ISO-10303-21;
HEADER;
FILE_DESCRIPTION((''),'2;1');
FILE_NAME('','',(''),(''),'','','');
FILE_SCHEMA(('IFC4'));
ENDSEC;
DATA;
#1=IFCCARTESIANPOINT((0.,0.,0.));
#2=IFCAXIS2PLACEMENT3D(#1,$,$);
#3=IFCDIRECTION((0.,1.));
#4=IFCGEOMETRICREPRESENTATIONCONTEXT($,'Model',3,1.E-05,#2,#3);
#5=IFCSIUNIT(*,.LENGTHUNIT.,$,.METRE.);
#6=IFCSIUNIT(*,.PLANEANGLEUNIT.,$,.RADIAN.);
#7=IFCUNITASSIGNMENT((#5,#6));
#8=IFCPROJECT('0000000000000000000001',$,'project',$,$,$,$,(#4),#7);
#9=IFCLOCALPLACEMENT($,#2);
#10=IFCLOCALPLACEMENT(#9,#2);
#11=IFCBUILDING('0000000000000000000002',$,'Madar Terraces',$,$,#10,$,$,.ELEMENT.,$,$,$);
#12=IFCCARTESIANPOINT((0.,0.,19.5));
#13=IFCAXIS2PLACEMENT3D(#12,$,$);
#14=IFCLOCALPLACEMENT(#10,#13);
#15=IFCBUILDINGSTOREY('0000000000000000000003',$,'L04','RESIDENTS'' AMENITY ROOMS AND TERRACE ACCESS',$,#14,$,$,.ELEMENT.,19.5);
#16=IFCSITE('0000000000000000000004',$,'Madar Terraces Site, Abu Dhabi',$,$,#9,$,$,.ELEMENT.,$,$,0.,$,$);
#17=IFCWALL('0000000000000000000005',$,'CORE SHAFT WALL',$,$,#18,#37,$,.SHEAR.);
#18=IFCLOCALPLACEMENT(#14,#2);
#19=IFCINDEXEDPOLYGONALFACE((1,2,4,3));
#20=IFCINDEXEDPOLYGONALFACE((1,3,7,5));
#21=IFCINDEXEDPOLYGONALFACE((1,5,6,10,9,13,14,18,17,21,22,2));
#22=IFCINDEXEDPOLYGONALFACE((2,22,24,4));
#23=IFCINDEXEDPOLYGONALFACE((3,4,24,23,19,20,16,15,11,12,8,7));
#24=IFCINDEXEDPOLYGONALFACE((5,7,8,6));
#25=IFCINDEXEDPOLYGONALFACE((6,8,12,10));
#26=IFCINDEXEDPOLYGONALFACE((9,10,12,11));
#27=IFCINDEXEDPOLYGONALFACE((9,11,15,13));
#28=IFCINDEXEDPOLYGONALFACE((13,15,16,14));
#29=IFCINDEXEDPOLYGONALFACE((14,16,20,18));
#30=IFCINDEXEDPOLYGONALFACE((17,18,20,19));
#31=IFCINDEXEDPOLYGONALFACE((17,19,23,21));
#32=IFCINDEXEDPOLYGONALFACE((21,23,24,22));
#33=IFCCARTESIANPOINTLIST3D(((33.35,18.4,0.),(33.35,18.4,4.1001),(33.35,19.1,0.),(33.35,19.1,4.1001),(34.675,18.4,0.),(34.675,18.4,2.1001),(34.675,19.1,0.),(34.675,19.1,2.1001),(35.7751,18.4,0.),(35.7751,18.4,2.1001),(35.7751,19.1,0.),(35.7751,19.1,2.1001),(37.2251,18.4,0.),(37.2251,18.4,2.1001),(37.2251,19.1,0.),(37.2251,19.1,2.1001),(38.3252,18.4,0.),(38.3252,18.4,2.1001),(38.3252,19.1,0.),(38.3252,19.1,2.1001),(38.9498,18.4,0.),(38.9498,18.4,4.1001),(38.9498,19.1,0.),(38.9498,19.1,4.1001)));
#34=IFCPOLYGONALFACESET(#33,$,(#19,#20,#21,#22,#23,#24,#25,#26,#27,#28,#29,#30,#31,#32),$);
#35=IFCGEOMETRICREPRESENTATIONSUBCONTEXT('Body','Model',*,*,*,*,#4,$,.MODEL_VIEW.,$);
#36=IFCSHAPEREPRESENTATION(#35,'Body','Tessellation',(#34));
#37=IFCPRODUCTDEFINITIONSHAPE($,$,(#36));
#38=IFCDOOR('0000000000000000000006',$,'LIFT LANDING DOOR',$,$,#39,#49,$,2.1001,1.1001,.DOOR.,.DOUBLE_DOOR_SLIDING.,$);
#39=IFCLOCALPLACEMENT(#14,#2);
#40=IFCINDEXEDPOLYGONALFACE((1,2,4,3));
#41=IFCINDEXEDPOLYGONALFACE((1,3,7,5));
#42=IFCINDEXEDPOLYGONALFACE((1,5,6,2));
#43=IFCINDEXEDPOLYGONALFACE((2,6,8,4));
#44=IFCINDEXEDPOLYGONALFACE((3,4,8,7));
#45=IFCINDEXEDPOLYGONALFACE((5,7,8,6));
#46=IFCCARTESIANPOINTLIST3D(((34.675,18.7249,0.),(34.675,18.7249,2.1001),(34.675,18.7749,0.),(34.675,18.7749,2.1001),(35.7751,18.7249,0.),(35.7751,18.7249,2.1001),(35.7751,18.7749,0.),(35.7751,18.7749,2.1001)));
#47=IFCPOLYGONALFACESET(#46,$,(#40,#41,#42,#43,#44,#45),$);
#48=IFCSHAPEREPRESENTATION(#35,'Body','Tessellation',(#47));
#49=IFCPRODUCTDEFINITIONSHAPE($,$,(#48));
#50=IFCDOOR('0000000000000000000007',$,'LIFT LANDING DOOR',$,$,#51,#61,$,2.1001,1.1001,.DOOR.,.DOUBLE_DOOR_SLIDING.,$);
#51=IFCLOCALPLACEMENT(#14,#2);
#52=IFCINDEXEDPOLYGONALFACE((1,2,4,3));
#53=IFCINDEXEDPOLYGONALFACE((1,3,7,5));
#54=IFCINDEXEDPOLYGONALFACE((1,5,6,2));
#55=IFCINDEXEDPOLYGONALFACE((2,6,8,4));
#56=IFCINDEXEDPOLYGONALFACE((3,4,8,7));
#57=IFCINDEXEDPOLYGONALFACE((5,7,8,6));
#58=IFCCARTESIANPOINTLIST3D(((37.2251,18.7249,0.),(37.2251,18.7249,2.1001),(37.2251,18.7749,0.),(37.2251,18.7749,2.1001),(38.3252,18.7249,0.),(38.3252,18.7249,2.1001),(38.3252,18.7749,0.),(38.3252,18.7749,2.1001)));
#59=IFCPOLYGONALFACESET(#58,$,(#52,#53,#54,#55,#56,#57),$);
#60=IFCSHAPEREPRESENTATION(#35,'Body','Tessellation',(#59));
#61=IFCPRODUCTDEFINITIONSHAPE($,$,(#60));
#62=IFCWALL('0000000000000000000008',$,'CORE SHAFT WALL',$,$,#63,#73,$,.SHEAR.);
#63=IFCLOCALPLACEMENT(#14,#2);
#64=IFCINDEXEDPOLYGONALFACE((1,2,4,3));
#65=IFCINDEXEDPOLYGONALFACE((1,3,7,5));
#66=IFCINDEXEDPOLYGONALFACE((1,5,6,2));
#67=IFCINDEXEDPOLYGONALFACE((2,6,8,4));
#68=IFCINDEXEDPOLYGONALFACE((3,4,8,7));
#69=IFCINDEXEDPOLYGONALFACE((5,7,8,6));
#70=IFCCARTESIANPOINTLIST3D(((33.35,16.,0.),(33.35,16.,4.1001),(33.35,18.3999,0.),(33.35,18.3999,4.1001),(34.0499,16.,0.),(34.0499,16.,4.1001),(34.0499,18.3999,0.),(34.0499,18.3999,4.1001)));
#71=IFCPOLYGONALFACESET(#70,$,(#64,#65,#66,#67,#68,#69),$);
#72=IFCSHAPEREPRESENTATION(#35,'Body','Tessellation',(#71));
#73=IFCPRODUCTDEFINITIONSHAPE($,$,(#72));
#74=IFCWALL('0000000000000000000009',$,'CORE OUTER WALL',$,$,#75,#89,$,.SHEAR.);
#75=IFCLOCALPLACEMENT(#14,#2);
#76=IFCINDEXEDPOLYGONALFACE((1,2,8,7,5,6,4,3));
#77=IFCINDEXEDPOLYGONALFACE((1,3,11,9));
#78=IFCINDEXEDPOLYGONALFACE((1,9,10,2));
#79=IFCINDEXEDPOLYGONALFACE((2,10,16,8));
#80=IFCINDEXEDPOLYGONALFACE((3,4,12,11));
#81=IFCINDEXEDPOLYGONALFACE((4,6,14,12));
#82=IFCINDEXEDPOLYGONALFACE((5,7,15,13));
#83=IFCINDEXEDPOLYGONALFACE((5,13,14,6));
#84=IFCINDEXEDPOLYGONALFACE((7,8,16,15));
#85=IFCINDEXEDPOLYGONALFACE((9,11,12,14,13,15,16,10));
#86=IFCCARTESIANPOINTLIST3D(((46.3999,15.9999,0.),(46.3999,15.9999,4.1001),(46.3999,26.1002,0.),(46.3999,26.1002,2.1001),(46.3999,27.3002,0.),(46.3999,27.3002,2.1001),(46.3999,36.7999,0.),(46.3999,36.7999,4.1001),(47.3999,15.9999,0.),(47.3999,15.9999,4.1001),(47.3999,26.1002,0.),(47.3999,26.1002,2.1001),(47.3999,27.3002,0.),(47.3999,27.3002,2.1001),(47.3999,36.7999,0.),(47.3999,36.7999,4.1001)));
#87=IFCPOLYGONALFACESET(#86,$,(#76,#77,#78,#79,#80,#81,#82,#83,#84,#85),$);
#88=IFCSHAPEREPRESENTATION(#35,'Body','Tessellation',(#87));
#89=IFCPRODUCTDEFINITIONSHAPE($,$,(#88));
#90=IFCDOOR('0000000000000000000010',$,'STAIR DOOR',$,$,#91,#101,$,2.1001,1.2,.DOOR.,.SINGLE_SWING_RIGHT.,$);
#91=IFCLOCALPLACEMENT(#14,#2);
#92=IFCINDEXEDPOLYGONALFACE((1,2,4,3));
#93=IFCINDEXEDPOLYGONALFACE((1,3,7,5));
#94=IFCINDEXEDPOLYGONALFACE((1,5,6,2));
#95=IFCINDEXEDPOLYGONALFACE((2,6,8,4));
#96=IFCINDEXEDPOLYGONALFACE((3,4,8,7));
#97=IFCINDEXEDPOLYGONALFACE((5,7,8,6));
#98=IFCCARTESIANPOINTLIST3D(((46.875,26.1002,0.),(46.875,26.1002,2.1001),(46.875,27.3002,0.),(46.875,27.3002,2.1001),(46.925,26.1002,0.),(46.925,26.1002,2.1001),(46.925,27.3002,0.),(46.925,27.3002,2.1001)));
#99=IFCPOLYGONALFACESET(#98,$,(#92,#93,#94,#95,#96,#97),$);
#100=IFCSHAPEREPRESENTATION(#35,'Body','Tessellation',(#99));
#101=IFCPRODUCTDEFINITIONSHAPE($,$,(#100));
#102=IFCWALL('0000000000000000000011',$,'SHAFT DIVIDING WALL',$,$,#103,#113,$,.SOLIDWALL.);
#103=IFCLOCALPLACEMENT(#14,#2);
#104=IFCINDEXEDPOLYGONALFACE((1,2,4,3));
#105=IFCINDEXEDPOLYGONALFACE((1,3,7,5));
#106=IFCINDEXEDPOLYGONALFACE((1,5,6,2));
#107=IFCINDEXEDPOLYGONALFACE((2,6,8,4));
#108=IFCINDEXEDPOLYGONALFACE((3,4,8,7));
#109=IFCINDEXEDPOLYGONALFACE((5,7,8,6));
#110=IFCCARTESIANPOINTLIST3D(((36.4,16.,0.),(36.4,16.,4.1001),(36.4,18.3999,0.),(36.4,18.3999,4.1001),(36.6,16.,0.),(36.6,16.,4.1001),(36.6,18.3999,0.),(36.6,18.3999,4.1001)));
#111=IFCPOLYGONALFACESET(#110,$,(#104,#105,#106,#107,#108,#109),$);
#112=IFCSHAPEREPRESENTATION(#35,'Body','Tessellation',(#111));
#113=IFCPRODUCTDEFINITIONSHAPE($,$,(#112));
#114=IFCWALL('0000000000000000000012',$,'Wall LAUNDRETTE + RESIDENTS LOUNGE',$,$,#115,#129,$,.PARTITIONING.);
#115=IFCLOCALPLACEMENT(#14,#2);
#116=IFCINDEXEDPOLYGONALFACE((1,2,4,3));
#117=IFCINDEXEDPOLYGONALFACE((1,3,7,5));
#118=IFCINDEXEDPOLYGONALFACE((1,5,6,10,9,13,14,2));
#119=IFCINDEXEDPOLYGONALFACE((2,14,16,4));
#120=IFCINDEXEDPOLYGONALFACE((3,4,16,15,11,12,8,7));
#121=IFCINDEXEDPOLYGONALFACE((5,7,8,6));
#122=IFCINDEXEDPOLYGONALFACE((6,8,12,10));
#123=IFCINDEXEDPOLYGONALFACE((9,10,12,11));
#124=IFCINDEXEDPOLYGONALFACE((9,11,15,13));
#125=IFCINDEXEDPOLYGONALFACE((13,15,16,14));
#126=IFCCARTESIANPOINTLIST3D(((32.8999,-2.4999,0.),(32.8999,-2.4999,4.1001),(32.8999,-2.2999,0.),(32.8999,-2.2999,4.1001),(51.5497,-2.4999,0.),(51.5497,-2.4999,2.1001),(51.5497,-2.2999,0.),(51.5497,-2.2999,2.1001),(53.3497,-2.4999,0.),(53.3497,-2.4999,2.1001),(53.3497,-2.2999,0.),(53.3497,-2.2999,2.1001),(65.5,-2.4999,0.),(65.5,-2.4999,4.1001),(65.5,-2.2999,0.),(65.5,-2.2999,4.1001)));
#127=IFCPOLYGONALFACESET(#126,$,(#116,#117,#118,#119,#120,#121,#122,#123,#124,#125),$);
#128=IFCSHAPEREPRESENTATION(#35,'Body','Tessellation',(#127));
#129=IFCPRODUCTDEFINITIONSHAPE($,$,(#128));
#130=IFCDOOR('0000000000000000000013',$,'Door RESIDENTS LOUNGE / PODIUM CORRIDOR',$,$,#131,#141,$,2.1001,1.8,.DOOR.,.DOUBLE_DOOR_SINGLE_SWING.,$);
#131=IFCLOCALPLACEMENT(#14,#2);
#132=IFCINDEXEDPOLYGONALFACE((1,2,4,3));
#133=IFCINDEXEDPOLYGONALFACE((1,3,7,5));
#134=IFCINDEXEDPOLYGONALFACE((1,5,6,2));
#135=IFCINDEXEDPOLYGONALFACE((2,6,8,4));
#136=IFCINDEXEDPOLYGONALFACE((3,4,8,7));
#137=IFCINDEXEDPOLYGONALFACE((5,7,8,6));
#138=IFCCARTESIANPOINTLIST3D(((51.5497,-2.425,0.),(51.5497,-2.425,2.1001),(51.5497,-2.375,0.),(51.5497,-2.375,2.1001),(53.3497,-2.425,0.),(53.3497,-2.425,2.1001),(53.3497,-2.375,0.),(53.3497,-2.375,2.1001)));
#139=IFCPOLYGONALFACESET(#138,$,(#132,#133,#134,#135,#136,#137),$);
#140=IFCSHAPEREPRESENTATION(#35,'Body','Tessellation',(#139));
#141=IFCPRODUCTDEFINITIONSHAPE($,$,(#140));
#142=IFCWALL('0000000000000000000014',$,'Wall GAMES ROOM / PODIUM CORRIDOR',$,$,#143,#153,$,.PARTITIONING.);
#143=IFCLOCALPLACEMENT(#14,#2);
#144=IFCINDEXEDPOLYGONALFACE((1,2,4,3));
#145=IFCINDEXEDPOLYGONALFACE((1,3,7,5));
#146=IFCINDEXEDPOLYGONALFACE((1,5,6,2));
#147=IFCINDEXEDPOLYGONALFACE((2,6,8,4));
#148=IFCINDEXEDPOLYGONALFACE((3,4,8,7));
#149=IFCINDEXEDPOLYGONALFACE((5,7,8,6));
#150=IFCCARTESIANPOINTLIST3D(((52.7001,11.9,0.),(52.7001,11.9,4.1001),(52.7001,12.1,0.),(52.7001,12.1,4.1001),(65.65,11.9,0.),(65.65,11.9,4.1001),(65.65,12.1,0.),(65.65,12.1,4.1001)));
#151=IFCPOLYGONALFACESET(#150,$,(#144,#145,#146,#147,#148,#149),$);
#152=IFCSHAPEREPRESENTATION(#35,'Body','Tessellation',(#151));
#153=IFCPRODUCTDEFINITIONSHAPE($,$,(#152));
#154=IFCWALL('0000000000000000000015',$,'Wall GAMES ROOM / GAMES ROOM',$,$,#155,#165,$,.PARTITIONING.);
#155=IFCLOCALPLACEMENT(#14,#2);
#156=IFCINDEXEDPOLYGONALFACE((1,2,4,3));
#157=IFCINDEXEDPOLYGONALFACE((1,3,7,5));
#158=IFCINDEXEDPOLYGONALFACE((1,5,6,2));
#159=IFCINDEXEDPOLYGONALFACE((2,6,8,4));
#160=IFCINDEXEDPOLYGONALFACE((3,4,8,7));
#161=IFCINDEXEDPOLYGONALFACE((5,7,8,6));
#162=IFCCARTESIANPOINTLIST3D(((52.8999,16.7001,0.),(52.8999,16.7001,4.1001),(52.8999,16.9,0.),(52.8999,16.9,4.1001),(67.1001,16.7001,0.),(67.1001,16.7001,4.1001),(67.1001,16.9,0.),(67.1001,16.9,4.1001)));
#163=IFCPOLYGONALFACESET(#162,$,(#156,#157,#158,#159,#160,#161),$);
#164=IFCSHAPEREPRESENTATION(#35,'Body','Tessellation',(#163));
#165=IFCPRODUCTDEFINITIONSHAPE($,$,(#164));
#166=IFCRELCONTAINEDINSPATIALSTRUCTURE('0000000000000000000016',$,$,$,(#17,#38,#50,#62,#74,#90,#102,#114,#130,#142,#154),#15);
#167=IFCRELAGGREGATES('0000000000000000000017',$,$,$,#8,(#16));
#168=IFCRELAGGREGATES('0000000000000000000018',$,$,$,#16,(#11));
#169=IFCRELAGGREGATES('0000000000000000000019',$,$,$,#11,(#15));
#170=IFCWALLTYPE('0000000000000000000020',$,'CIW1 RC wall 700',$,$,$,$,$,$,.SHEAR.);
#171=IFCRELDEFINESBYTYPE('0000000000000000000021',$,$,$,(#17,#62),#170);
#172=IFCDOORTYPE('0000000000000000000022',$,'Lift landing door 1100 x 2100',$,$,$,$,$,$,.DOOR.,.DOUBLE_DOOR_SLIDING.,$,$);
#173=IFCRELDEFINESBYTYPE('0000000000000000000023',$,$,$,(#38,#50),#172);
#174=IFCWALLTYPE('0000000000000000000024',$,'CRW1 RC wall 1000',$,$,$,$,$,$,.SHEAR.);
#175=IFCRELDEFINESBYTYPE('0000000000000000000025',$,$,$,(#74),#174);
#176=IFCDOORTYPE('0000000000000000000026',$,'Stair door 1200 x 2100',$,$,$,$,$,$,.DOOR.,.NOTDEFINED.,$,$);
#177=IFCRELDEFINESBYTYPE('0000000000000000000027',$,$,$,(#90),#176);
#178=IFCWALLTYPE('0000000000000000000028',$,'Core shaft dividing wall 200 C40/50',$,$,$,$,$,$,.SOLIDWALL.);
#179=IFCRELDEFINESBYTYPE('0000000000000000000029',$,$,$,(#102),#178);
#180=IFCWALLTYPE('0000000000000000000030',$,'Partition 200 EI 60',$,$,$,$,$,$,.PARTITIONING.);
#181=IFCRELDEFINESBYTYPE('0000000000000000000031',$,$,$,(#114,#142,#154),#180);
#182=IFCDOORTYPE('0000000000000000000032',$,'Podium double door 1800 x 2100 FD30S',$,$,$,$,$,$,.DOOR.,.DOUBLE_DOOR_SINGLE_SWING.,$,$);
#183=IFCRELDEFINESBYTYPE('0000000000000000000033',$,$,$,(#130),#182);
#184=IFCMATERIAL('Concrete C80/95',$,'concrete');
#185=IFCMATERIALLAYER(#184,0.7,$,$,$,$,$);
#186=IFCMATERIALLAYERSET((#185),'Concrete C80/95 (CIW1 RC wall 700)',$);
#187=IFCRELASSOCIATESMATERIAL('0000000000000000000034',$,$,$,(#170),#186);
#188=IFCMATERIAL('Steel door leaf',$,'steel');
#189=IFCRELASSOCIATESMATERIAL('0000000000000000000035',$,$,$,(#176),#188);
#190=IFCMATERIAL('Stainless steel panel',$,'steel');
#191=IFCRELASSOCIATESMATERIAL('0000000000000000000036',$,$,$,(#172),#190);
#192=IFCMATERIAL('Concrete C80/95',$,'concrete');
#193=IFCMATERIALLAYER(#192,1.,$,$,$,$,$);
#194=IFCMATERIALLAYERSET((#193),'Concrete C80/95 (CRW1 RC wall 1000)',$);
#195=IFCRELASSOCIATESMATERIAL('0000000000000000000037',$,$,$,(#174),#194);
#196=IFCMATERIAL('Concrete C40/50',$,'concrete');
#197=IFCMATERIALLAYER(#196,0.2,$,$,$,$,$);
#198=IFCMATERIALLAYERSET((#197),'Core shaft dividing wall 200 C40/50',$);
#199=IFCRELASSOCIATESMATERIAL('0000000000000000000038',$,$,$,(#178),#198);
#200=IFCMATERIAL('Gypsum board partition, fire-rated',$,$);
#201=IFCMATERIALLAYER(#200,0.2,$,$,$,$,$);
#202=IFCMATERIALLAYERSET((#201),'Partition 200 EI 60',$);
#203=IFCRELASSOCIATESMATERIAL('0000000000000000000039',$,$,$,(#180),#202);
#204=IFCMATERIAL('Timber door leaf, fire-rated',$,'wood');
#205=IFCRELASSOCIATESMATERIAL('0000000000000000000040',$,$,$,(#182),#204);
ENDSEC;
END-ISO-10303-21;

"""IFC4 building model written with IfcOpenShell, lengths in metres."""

from ifc_helpers import new_model, si_unit, direction, frame, frame_2d, origin, place, context, subcontext, project, spatial, rectangle, extrude, material, layer, layer_set, type_object, element, fill, save


model = new_model("IFC4")

# Units and contexts
model_context = context("Model", 3, precision=1e-05, world=origin(), true_north=direction((0.0, 1.0)))
body_context = subcontext(model_context, "Body", "Model", "MODEL_VIEW")
ifc_project = project(units=[si_unit("LENGTHUNIT", "METRE"), si_unit("PLANEANGLEUNIT", "RADIAN")], contexts=[model_context])

# Site, building, storey
site_placement = place(None, origin())
site = spatial("IfcSite", under=ifc_project, at=site_placement, Name="Madar Terraces Site, Abu Dhabi", CompositionType="ELEMENT", RefElevation=0.0)
building_placement = place(site_placement, origin())
building = spatial("IfcBuilding", under=site, at=building_placement, Name="Madar Terraces", CompositionType="ELEMENT")
storey_placement = place(building_placement, frame((0.0, 0.0, 19.5)))
storey = spatial("IfcBuildingStorey", under=building, at=storey_placement, Name="L04", Description="RESIDENTS' AMENITY ROOMS AND TERRACE ACCESS", CompositionType="ELEMENT", Elevation=19.5)

# Shared definitions
ifc_material_1 = material(Name="Concrete C80/95", Category="concrete")
ifc_layer_1 = layer(ifc_material_1, 0.7)
ifc_layer_set_1 = layer_set([ifc_layer_1], Name="Concrete C80/95 (CIW1 RC wall 700)")
wall_type_1 = type_object("IfcWallType", Name="CIW1 RC wall 700", PredefinedType="SHEAR", material=ifc_layer_set_1)

# Shared definitions
ifc_material_2 = material(Name="Steel door leaf", Category="steel")
door_type_1 = type_object("IfcDoorType", Name="Stair door 1200 x 2100", OperationType="NOTDEFINED", PredefinedType="DOOR", material=ifc_material_2)

# Wall, openings, doors
wall_1_placement = place(storey_placement, frame((33.3501, 18.75, 0.0), z_axis=(0.0, 0.0, 1.0), x_axis=(1.0, 0.0, 0.0)))
wall_1 = element("IfcWall", 1, at=wall_1_placement, inside=storey, type_object=wall_type_1, Name="CORE SHAFT WALL", PredefinedType="SHEAR", context=body_context, shape_type="SweptSolid", body=[
    extrude(rectangle(XDim=5.5999, YDim=0.7, at=frame_2d((2.7998, 0.0))), origin(), (0.0, 0.0, 1.0), 4.1001),
])
opening_1_placement = place(wall_1_placement, frame((1.325, 0.0, 0.0)))
opening_1 = element("IfcOpeningElement", 2, at=opening_1_placement, cuts=wall_1, PredefinedType="OPENING", context=body_context, shape_type="SweptSolid", body=[
    extrude(rectangle(XDim=1.1001, YDim=2.1001, at=frame_2d((0.55, 1.05))), frame((0.0, 0.3599, 0.0), z_axis=(0.0, -1.0, 0.0), x_axis=(1.0, 0.0, 0.0)), (0.0, 0.0, 1.0), 0.72),
])
opening_2_placement = place(wall_1_placement, frame((3.875, 0.0, 0.0)))
opening_2 = element("IfcOpeningElement", 3, at=opening_2_placement, cuts=wall_1, PredefinedType="OPENING", context=body_context, shape_type="SweptSolid", body=[
    extrude(rectangle(XDim=1.1001, YDim=2.1001, at=frame_2d((0.55, 1.05))), frame((0.0, 0.3599, 0.0), z_axis=(0.0, -1.0, 0.0), x_axis=(1.0, 0.0, 0.0)), (0.0, 0.0, 1.0), 0.72),
])
ifc_material_3 = material(Name="Stainless steel panel", Category="steel")
door_type_2 = type_object("IfcDoorType", Name="Lift landing door 1100 x 2100", OperationType="DOUBLE_DOOR_SLIDING", PredefinedType="DOOR", material=ifc_material_3)
door_1_placement = place(opening_1_placement, origin())
door_1 = element("IfcDoor", 4, at=door_1_placement, inside=storey, type_object=door_type_2, Name="LIFT LANDING DOOR", OperationType="DOUBLE_DOOR_SLIDING", OverallHeight=2.1001, OverallWidth=1.1001, PredefinedType="DOOR", context=body_context, shape_type="SweptSolid", body=[
    extrude(rectangle(XDim=1.1001, YDim=2.1001, at=frame_2d((0.55, 1.05))), frame((0.0, 0.0249, 0.0), z_axis=(0.0, -1.0, 0.0), x_axis=(1.0, 0.0, 0.0)), (0.0, 0.0, 1.0), 0.05),
])
fill(opening_1, door_1)
door_2_placement = place(opening_2_placement, origin())
door_2 = element("IfcDoor", 5, at=door_2_placement, inside=storey, type_object=door_type_2, Name="LIFT LANDING DOOR", OperationType="DOUBLE_DOOR_SLIDING", OverallHeight=2.1001, OverallWidth=1.1001, PredefinedType="DOOR", context=body_context, shape_type="SweptSolid", body=[
    extrude(rectangle(XDim=1.1001, YDim=2.1001, at=frame_2d((0.55, 1.05))), frame((0.0, 0.0249, 0.0), z_axis=(0.0, -1.0, 0.0), x_axis=(1.0, 0.0, 0.0)), (0.0, 0.0, 1.0), 0.05),
])
fill(opening_2, door_2)

# Wall
wall_2_placement = place(storey_placement, frame((33.7, 16.0, 0.0), z_axis=(0.0, 0.0, 1.0), x_axis=(0.0, 1.0, 0.0)))
element("IfcWall", 6, at=wall_2_placement, inside=storey, type_object=wall_type_1, Name="CORE SHAFT WALL", PredefinedType="SHEAR", context=body_context, shape_type="SweptSolid", body=[
    extrude(rectangle(XDim=2.3999, YDim=0.7, at=frame_2d((1.2, 0.0))), origin(), (0.0, 0.0, 1.0), 4.1001),
])

# Wall, opening, door
ifc_material_4 = material(Name="Concrete C80/95", Category="concrete")
ifc_layer_2 = layer(ifc_material_4, 1.0)
ifc_layer_set_2 = layer_set([ifc_layer_2], Name="Concrete C80/95 (CRW1 RC wall 1000)")
wall_type_2 = type_object("IfcWallType", Name="CRW1 RC wall 1000", PredefinedType="SHEAR", material=ifc_layer_set_2)
wall_3_placement = place(storey_placement, frame((46.8999, 16.0, 0.0), z_axis=(0.0, 0.0, 1.0), x_axis=(0.0, 1.0, 0.0)))
wall_3 = element("IfcWall", 7, at=wall_3_placement, inside=storey, type_object=wall_type_2, Name="CORE OUTER WALL", PredefinedType="SHEAR", context=body_context, shape_type="SweptSolid", body=[
    extrude(rectangle(XDim=20.8, YDim=1.0, at=frame_2d((10.3999, 0.0))), origin(), (0.0, 0.0, 1.0), 4.1001),
])
opening_3_placement = place(wall_3_placement, frame((10.1001, 0.0, 0.0)))
opening_3 = element("IfcOpeningElement", 8, at=opening_3_placement, cuts=wall_3, PredefinedType="OPENING", context=body_context, shape_type="SweptSolid", body=[
    extrude(rectangle(XDim=1.2, YDim=2.1001, at=frame_2d((0.6001, 1.05))), frame((0.0, 0.51, 0.0), z_axis=(0.0, -1.0, 0.0), x_axis=(1.0, 0.0, 0.0)), (0.0, 0.0, 1.0), 1.02),
])
door_3_placement = place(opening_3_placement, origin())
door_3 = element("IfcDoor", 9, at=door_3_placement, inside=storey, type_object=door_type_1, Name="STAIR DOOR", OperationType="SINGLE_SWING_RIGHT", OverallHeight=2.1001, OverallWidth=1.2, PredefinedType="DOOR", context=body_context, shape_type="SweptSolid", body=[
    extrude(rectangle(XDim=1.2, YDim=2.1001, at=frame_2d((0.6001, 1.05))), frame((0.0, 0.0249, 0.0), z_axis=(0.0, -1.0, 0.0), x_axis=(1.0, 0.0, 0.0)), (0.0, 0.0, 1.0), 0.05),
])
fill(opening_3, door_3)

# Wall
ifc_material_5 = material(Name="Concrete C40/50", Category="concrete")
ifc_layer_3 = layer(ifc_material_5, 0.2)
ifc_layer_set_3 = layer_set([ifc_layer_3], Name="Core shaft dividing wall 200 C40/50")
wall_type_3 = type_object("IfcWallType", Name="Core shaft dividing wall 200 C40/50", PredefinedType="SOLIDWALL", material=ifc_layer_set_3)
wall_4_placement = place(storey_placement, frame((36.5, 16.0, 0.0), z_axis=(0.0, 0.0, 1.0), x_axis=(0.0, 1.0, 0.0)))
element("IfcWall", 10, at=wall_4_placement, inside=storey, type_object=wall_type_3, Name="SHAFT DIVIDING WALL", PredefinedType="SOLIDWALL", context=body_context, shape_type="SweptSolid", body=[
    extrude(rectangle(XDim=2.3999, YDim=0.2, at=frame_2d((1.2, 0.0))), origin(), (0.0, 0.0, 1.0), 4.1001),
])

# Wall, opening, door
ifc_material_6 = material(Name="Gypsum board partition, fire-rated")
ifc_layer_4 = layer(ifc_material_6, 0.2)
ifc_layer_set_4 = layer_set([ifc_layer_4], Name="Partition 200 EI 60")
wall_type_4 = type_object("IfcWallType", Name="Partition 200 EI 60", PredefinedType="PARTITIONING", material=ifc_layer_set_4)
wall_5_placement = place(storey_placement, frame((32.8999, -2.3999, 0.0), z_axis=(0.0, 0.0, 1.0), x_axis=(1.0, 0.0, 0.0)))
wall_5 = element("IfcWall", 11, at=wall_5_placement, inside=storey, type_object=wall_type_4, Name="Wall LAUNDRETTE + RESIDENTS LOUNGE", PredefinedType="PARTITIONING", context=body_context, shape_type="SweptSolid", body=[
    extrude(rectangle(XDim=32.6001, YDim=0.2, at=frame_2d((16.3, 0.0))), origin(), (0.0, 0.0, 1.0), 4.1001),
])
opening_4_placement = place(wall_5_placement, frame((18.6499, 0.0, 0.0)))
opening_4 = element("IfcOpeningElement", 12, at=opening_4_placement, cuts=wall_5, PredefinedType="OPENING", context=body_context, shape_type="SweptSolid", body=[
    extrude(rectangle(XDim=1.8, YDim=2.1001, at=frame_2d((0.8999, 1.05))), frame((0.0, 0.1099, 0.0), z_axis=(0.0, -1.0, 0.0), x_axis=(1.0, 0.0, 0.0)), (0.0, 0.0, 1.0), 0.22),
])
ifc_material_7 = material(Name="Timber door leaf, fire-rated", Category="wood")
door_type_3 = type_object("IfcDoorType", Name="Podium double door 1800 x 2100 FD30S", OperationType="DOUBLE_DOOR_SINGLE_SWING", PredefinedType="DOOR", material=ifc_material_7)
door_4_placement = place(opening_4_placement, origin())
door_4 = element("IfcDoor", 13, at=door_4_placement, inside=storey, type_object=door_type_3, Name="Door RESIDENTS LOUNGE / PODIUM CORRIDOR", OperationType="DOUBLE_DOOR_SINGLE_SWING", OverallHeight=2.1001, OverallWidth=1.8, PredefinedType="DOOR", context=body_context, shape_type="SweptSolid", body=[
    extrude(rectangle(XDim=1.8, YDim=2.1001, at=frame_2d((0.8999, 1.05))), frame((0.0, 0.0249, 0.0), z_axis=(0.0, -1.0, 0.0), x_axis=(1.0, 0.0, 0.0)), (0.0, 0.0, 1.0), 0.05),
])
fill(opening_4, door_4)

# Walls
wall_6_placement = place(storey_placement, frame((52.7, 12.0, 0.0), z_axis=(0.0, 0.0, 1.0), x_axis=(1.0, 0.0, 0.0)))
element("IfcWall", 14, at=wall_6_placement, inside=storey, type_object=wall_type_4, Name="Wall GAMES ROOM / PODIUM CORRIDOR", PredefinedType="PARTITIONING", context=body_context, shape_type="SweptSolid", body=[
    extrude(rectangle(XDim=12.95, YDim=0.2, at=frame_2d((6.4751, 0.0))), origin(), (0.0, 0.0, 1.0), 4.1001),
])
wall_7_placement = place(storey_placement, frame((52.8999, 16.8, 0.0), z_axis=(0.0, 0.0, 1.0), x_axis=(1.0, 0.0, 0.0)))
element("IfcWall", 15, at=wall_7_placement, inside=storey, type_object=wall_type_4, Name="Wall GAMES ROOM / GAMES ROOM", PredefinedType="PARTITIONING", context=body_context, shape_type="SweptSolid", body=[
    extrude(rectangle(XDim=14.2002, YDim=0.2, at=frame_2d((7.1001, 0.0))), origin(), (0.0, 0.0, 1.0), 4.1001),
])

save(model, "model.ifc")
